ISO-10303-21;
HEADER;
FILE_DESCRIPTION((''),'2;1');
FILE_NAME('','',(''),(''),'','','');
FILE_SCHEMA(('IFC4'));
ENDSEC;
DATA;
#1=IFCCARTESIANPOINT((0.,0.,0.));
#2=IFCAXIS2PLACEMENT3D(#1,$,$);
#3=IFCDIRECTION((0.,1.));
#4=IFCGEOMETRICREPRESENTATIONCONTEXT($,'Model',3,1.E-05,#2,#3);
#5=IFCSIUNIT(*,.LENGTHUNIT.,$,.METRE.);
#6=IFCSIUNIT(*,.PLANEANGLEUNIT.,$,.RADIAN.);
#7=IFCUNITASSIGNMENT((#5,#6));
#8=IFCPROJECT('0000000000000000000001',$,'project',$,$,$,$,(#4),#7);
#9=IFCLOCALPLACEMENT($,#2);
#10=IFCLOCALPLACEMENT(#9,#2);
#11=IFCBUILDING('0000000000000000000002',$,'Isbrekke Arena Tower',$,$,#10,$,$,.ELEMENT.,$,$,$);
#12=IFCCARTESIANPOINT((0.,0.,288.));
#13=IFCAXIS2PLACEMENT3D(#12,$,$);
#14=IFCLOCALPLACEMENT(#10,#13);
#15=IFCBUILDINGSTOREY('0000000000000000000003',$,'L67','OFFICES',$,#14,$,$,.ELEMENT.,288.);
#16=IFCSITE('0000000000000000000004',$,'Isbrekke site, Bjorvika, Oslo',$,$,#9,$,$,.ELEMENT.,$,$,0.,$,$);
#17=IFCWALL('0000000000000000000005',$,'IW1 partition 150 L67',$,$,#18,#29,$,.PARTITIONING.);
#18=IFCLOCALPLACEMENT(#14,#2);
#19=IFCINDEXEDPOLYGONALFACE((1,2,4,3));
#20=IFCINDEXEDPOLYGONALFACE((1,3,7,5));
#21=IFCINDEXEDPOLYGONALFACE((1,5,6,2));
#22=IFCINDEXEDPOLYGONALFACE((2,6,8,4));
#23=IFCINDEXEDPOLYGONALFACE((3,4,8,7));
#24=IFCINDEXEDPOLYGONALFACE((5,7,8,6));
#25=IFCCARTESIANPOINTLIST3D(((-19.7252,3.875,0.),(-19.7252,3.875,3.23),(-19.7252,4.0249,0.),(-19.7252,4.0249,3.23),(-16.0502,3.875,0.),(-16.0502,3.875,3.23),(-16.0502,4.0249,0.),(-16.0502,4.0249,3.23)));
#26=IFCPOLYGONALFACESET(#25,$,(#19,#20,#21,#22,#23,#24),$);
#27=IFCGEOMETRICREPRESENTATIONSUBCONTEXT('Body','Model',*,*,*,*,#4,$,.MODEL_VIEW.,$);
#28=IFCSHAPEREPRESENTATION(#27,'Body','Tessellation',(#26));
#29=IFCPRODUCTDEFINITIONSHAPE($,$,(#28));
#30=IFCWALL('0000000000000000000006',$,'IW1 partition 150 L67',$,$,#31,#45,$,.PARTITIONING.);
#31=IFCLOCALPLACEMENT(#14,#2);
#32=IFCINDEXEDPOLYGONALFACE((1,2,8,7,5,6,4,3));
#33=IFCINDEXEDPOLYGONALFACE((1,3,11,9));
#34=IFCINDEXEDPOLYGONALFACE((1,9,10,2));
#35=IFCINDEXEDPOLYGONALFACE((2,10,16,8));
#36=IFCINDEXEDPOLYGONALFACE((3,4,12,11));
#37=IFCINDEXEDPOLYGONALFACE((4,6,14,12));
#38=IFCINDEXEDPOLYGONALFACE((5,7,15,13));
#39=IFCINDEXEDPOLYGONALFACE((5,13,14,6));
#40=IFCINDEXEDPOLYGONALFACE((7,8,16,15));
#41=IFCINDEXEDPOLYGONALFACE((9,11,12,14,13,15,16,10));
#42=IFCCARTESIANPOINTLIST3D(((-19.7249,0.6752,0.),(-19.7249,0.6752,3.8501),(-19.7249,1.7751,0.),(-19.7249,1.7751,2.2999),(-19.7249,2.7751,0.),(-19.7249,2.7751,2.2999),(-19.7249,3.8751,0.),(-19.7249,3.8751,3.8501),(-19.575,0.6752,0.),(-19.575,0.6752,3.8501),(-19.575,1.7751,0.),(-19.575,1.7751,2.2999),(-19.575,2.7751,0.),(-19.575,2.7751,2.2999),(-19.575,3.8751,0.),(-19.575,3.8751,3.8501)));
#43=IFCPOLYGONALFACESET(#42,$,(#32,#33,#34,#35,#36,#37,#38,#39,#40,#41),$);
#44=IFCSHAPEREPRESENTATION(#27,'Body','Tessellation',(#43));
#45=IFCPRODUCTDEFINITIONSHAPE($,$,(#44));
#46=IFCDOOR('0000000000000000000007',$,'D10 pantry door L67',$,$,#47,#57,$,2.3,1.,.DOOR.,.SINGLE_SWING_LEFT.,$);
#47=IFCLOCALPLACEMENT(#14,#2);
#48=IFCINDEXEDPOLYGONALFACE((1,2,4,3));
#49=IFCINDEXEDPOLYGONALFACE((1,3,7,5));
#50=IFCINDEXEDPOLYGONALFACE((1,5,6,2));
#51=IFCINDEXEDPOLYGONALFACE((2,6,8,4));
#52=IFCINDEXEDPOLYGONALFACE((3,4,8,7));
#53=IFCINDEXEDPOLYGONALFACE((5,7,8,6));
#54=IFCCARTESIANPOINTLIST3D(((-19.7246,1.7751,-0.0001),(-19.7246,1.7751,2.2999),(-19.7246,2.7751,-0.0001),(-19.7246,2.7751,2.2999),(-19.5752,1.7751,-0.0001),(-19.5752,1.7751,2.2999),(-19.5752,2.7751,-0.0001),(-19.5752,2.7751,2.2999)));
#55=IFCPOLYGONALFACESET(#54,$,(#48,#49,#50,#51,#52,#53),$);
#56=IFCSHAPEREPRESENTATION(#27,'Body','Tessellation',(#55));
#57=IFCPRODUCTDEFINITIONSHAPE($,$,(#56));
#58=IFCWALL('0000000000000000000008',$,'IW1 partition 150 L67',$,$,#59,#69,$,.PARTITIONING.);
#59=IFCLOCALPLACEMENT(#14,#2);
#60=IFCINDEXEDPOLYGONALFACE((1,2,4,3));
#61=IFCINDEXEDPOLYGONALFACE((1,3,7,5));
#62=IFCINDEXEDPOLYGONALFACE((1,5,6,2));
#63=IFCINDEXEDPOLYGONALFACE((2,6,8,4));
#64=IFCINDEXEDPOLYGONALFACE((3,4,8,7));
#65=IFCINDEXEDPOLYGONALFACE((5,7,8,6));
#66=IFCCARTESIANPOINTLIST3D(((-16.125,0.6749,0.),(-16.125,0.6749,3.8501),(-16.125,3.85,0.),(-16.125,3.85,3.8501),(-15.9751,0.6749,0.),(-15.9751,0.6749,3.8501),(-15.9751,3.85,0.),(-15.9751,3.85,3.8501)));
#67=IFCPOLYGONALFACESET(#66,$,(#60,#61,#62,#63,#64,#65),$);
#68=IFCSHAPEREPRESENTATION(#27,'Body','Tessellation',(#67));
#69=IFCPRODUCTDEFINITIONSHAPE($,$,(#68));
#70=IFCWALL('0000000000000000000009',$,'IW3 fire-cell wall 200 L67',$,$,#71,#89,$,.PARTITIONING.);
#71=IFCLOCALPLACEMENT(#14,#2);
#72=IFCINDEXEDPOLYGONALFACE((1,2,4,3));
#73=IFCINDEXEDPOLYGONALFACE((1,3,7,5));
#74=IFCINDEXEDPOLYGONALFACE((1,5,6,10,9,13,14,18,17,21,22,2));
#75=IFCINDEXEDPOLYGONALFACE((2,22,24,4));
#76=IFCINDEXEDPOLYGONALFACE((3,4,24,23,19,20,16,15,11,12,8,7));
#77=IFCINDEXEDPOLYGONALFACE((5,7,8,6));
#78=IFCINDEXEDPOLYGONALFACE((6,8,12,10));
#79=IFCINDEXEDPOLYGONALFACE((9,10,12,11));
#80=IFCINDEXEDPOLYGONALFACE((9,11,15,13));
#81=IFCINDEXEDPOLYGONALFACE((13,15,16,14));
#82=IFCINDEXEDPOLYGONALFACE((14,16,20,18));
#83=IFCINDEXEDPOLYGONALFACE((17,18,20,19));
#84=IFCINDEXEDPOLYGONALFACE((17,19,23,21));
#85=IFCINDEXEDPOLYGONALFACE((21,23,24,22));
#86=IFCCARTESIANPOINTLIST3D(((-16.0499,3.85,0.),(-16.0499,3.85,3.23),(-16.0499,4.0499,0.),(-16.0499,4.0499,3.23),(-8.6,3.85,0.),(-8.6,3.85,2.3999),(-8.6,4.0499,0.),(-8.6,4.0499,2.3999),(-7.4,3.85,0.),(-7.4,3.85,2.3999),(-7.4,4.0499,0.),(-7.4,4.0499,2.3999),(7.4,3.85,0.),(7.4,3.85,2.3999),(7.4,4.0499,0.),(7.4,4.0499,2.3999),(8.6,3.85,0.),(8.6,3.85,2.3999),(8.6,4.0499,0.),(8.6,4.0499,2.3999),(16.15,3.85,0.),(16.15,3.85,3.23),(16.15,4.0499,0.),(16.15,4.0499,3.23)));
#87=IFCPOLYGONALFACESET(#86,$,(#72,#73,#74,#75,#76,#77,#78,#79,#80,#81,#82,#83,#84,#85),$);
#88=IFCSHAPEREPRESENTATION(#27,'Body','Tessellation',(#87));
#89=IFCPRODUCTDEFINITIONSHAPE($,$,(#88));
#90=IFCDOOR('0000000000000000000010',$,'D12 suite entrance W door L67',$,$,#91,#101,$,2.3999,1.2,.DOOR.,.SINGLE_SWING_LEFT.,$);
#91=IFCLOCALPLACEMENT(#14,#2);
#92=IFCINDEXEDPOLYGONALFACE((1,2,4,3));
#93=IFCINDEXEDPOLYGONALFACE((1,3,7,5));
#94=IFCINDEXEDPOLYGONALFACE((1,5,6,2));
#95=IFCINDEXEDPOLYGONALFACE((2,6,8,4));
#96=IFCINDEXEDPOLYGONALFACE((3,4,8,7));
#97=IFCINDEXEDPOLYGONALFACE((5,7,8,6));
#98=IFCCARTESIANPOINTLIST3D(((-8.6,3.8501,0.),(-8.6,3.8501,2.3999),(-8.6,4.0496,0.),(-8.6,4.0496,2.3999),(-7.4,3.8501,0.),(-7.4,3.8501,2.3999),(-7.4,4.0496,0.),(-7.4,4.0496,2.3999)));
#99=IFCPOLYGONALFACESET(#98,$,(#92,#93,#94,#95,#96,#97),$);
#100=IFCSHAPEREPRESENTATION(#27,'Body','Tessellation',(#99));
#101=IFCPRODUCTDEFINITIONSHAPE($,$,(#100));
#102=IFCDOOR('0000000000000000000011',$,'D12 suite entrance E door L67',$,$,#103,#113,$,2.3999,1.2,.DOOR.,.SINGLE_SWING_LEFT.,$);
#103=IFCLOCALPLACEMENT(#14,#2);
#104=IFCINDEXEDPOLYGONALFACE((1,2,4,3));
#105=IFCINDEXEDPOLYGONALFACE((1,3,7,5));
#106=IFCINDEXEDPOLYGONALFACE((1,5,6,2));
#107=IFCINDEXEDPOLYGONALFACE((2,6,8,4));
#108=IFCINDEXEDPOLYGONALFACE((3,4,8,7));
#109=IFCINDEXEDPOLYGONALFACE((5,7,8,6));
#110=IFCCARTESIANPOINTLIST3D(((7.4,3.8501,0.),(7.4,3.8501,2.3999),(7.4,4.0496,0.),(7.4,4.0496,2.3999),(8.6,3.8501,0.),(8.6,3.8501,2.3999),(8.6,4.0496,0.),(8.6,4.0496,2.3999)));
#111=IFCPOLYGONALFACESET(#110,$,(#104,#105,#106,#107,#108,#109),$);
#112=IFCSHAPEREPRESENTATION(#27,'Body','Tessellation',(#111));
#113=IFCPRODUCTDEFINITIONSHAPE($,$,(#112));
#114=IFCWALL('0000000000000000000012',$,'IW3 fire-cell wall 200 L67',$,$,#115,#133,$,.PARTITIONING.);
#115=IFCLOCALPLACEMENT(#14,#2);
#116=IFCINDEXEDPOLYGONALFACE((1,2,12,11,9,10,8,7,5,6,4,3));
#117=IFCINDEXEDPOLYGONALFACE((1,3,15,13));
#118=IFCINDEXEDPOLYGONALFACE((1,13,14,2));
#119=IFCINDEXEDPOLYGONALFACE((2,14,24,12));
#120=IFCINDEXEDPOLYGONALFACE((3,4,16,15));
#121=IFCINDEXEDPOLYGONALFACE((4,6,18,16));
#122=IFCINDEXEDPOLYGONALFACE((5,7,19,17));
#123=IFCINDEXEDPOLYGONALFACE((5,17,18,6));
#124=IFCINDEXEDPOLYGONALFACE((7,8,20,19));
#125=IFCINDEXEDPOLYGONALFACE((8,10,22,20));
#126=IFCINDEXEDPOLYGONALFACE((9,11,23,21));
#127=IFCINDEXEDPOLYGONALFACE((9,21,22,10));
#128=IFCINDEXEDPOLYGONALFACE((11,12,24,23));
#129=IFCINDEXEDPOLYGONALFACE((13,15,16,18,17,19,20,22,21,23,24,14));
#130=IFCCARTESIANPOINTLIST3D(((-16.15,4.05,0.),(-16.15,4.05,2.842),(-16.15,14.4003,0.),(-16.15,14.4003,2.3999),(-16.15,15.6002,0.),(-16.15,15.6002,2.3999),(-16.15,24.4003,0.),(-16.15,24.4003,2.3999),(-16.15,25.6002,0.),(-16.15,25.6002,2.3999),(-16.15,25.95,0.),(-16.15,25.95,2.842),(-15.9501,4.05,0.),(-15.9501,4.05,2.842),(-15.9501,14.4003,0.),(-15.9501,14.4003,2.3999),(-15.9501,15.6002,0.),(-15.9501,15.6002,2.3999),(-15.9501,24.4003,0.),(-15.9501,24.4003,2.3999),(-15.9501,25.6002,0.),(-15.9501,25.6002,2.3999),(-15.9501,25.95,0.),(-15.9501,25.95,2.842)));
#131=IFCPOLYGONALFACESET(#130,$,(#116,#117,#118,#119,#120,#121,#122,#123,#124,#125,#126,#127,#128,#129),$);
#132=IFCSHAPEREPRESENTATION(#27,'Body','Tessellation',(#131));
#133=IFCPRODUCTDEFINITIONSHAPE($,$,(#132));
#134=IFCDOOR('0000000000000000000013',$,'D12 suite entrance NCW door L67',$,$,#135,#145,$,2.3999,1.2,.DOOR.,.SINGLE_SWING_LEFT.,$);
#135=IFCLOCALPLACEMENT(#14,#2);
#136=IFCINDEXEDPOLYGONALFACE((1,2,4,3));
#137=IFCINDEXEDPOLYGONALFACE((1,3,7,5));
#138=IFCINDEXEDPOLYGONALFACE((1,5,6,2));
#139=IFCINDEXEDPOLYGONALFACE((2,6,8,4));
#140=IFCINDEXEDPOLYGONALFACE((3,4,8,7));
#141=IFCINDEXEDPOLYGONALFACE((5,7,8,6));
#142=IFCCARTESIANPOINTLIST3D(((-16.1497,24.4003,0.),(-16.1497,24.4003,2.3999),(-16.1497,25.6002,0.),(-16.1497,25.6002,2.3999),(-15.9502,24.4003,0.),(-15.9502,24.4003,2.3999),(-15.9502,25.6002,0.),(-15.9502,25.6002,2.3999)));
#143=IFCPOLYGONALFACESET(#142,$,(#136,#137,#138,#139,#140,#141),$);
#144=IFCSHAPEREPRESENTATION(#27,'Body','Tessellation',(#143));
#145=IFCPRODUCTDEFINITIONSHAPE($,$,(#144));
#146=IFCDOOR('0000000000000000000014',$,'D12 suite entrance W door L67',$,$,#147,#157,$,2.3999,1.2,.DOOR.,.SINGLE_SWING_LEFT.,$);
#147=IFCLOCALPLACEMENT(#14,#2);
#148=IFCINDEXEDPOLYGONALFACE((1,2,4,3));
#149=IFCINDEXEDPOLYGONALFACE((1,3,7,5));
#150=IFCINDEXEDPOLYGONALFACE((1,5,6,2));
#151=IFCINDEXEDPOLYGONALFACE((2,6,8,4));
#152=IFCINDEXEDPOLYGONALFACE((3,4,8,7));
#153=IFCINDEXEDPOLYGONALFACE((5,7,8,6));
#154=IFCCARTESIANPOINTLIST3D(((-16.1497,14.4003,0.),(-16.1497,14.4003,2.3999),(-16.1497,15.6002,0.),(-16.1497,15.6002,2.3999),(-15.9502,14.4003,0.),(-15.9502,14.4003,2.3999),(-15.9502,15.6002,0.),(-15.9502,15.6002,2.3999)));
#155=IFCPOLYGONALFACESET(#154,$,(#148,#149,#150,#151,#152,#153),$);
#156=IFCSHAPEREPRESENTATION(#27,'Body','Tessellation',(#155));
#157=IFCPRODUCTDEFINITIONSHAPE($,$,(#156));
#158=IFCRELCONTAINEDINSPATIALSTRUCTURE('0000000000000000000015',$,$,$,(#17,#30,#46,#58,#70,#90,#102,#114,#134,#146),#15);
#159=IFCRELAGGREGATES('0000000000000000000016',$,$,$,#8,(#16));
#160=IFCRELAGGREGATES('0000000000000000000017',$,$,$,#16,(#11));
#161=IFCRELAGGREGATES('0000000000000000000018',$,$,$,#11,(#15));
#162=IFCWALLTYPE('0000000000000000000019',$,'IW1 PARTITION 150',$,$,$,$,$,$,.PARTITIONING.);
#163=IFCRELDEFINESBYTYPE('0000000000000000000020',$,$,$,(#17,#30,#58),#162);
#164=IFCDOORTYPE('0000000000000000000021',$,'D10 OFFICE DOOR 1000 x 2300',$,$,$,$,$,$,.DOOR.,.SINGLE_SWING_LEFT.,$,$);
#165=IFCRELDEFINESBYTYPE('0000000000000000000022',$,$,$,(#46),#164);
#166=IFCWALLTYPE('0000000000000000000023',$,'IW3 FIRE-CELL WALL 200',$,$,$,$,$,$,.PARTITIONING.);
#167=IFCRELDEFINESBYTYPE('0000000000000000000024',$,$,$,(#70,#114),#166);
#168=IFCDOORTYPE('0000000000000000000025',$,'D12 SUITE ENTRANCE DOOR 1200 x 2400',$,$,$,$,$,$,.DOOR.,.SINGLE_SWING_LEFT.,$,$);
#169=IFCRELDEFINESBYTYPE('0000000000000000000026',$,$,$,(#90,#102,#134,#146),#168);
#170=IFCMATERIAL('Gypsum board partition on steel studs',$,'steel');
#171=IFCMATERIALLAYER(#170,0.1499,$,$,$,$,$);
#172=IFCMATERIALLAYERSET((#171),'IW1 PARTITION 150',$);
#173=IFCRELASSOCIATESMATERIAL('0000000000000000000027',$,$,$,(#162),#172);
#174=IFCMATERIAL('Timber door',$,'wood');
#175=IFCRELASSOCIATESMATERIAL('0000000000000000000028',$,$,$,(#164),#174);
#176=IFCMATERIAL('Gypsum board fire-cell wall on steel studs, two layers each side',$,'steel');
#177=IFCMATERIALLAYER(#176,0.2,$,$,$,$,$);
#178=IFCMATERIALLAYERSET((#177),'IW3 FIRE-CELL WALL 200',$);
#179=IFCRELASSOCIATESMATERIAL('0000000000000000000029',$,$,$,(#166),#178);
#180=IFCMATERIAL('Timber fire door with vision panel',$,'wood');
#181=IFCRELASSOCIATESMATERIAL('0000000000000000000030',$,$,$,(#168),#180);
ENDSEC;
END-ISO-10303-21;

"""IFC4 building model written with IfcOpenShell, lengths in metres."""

from ifc_helpers import new_model, si_unit, direction, frame, frame_2d, origin, place, context, subcontext, project, spatial, rectangle, extrude, material, layer, layer_set, type_object, element, fill, save


model = new_model("IFC4")

# Units and contexts
model_context = context("Model", 3, precision=1e-05, world=origin(), true_north=direction((0.0, 1.0)))
body_context = subcontext(model_context, "Body", "Model", "MODEL_VIEW")
ifc_project = project(units=[si_unit("LENGTHUNIT", "METRE"), si_unit("PLANEANGLEUNIT", "RADIAN")], contexts=[model_context])

# Site, building, storey
site_placement = place(None, origin())
site = spatial("IfcSite", under=ifc_project, at=site_placement, Name="Isbrekke site, Bjorvika, Oslo", CompositionType="ELEMENT", RefElevation=0.0)
building_placement = place(site_placement, origin())
building = spatial("IfcBuilding", under=site, at=building_placement, Name="Isbrekke Arena Tower", CompositionType="ELEMENT")
storey_placement = place(building_placement, frame((0.0, 0.0, 288.0)))
storey = spatial("IfcBuildingStorey", under=building, at=storey_placement, Name="L67", Description="OFFICES", CompositionType="ELEMENT", Elevation=288.0)

# Wall
ifc_material_1 = material(Name="Gypsum board partition on steel studs", Category="steel")
ifc_layer_1 = layer(ifc_material_1, 0.1499)
ifc_layer_set_1 = layer_set([ifc_layer_1], Name="IW1 PARTITION 150")
wall_type_1 = type_object("IfcWallType", Name="IW1 PARTITION 150", PredefinedType="PARTITIONING", material=ifc_layer_set_1)
wall_1_placement = place(storey_placement, frame((-19.7251, 3.95, 0.0), z_axis=(0.0, 0.0, 1.0), x_axis=(1.0, 0.0, 0.0)))
element("IfcWall", 1, at=wall_1_placement, inside=storey, type_object=wall_type_1, Name="IW1 partition 150 L67", PredefinedType="PARTITIONING", context=body_context, shape_type="SweptSolid", body=[
    extrude(rectangle(XDim=3.675, YDim=0.1499, at=frame_2d((1.8374, 0.0))), origin(), (0.0, 0.0, 1.0), 3.23),
])

# Wall, opening, door
wall_2_placement = place(storey_placement, frame((-19.6499, 0.675, 0.0), z_axis=(0.0, 0.0, 1.0), x_axis=(0.0, 1.0, 0.0)))
wall_2 = element("IfcWall", 2, at=wall_2_placement, inside=storey, type_object=wall_type_1, Name="IW1 partition 150 L67", PredefinedType="PARTITIONING", context=body_context, shape_type="SweptSolid", body=[
    extrude(rectangle(XDim=3.2, YDim=0.1499, at=frame_2d((1.6001, 0.0))), origin(), (0.0, 0.0, 1.0), 3.8501),
])
opening_1_placement = place(wall_2_placement, frame((1.1001, 0.0, 0.0)))
opening_1 = element("IfcOpeningElement", 3, at=opening_1_placement, cuts=wall_2, PredefinedType="OPENING", context=body_context, shape_type="SweptSolid", body=[
    extrude(rectangle(XDim=1.0, YDim=2.3, at=frame_2d((0.5, 1.1499))), frame((0.0, 0.0898, 0.0), z_axis=(0.0, -1.0, 0.0), x_axis=(1.0, 0.0, 0.0)), (0.0, 0.0, 1.0), 0.1797),
])
ifc_material_2 = material(Name="Timber door", Category="wood")
door_type_1 = type_object("IfcDoorType", Name="D10 OFFICE DOOR 1000 x 2300", OperationType="SINGLE_SWING_LEFT", PredefinedType="DOOR", material=ifc_material_2)
door_1_placement = place(opening_1_placement, origin())
door_1 = element("IfcDoor", 4, at=door_1_placement, inside=storey, type_object=door_type_1, Name="D10 pantry door L67", OperationType="SINGLE_SWING_LEFT", OverallHeight=2.3, OverallWidth=1.0, PredefinedType="DOOR", context=body_context, shape_type="SweptSolid", body=[
    extrude(rectangle(XDim=1.0, YDim=2.3, at=frame_2d((0.5, 1.1499))), frame((0.0, 0.0747, 0.0), z_axis=(0.0, -1.0, 0.0), x_axis=(1.0, 0.0, 0.0)), (0.0, 0.0, 1.0), 0.1494),
])
fill(opening_1, door_1)

# Wall
wall_3_placement = place(storey_placement, frame((-16.05, 0.675, 0.0), z_axis=(0.0, 0.0, 1.0), x_axis=(0.0, 1.0, 0.0)))
element("IfcWall", 5, at=wall_3_placement, inside=storey, type_object=wall_type_1, Name="IW1 partition 150 L67", PredefinedType="PARTITIONING", context=body_context, shape_type="SweptSolid", body=[
    extrude(rectangle(XDim=3.175, YDim=0.1499, at=frame_2d((1.5874, 0.0))), origin(), (0.0, 0.0, 1.0), 3.8501),
])

# Walls, openings, doors
ifc_material_3 = material(Name="Gypsum board fire-cell wall on steel studs, two layers each side", Category="steel")
ifc_layer_2 = layer(ifc_material_3, 0.2)
ifc_layer_set_2 = layer_set([ifc_layer_2], Name="IW3 FIRE-CELL WALL 200")
wall_type_2 = type_object("IfcWallType", Name="IW3 FIRE-CELL WALL 200", PredefinedType="PARTITIONING", material=ifc_layer_set_2)
wall_4_placement = place(storey_placement, frame((-16.05, 3.95, 0.0), z_axis=(0.0, 0.0, 1.0), x_axis=(1.0, 0.0, 0.0)))
wall_4 = element("IfcWall", 6, at=wall_4_placement, inside=storey, type_object=wall_type_2, Name="IW3 fire-cell wall 200 L67", PredefinedType="PARTITIONING", context=body_context, shape_type="SweptSolid", body=[
    extrude(rectangle(XDim=32.2, YDim=0.2, at=frame_2d((16.1001, 0.0))), origin(), (0.0, 0.0, 1.0), 3.23),
])
opening_2_placement = place(wall_4_placement, frame((7.45, 0.0, 0.0)))
opening_2 = element("IfcOpeningElement", 7, at=opening_2_placement, cuts=wall_4, PredefinedType="OPENING", context=body_context, shape_type="SweptSolid", body=[
    extrude(rectangle(XDim=1.2, YDim=2.3999, at=frame_2d((0.6001, 1.2))), frame((0.0, 0.1147, 0.0), z_axis=(0.0, -1.0, 0.0), x_axis=(1.0, 0.0, 0.0)), (0.0, 0.0, 1.0), 0.2297),
])
opening_3_placement = place(wall_4_placement, frame((23.45, 0.0, 0.0)))
opening_3 = element("IfcOpeningElement", 8, at=opening_3_placement, cuts=wall_4, PredefinedType="OPENING", context=body_context, shape_type="SweptSolid", body=[
    extrude(rectangle(XDim=1.2, YDim=2.3999, at=frame_2d((0.6001, 1.2))), frame((0.0, 0.1147, 0.0), z_axis=(0.0, -1.0, 0.0), x_axis=(1.0, 0.0, 0.0)), (0.0, 0.0, 1.0), 0.2297),
])
ifc_material_4 = material(Name="Timber fire door with vision panel", Category="wood")
door_type_2 = type_object("IfcDoorType", Name="D12 SUITE ENTRANCE DOOR 1200 x 2400", OperationType="SINGLE_SWING_LEFT", PredefinedType="DOOR", material=ifc_material_4)
door_2_placement = place(opening_2_placement, origin())
door_2 = element("IfcDoor", 9, at=door_2_placement, inside=storey, type_object=door_type_2, Name="D12 suite entrance W door L67", OperationType="SINGLE_SWING_LEFT", OverallHeight=2.3999, OverallWidth=1.2, PredefinedType="DOOR", context=body_context, shape_type="SweptSolid", body=[
    extrude(rectangle(XDim=1.2, YDim=2.3999, at=frame_2d((0.6001, 1.2))), frame((0.0, 0.0996, 0.0), z_axis=(0.0, -1.0, 0.0), x_axis=(1.0, 0.0, 0.0)), (0.0, 0.0, 1.0), 0.1995),
])
fill(opening_2, door_2)
door_3_placement = place(opening_3_placement, origin())
door_3 = element("IfcDoor", 10, at=door_3_placement, inside=storey, type_object=door_type_2, Name="D12 suite entrance E door L67", OperationType="SINGLE_SWING_LEFT", OverallHeight=2.3999, OverallWidth=1.2, PredefinedType="DOOR", context=body_context, shape_type="SweptSolid", body=[
    extrude(rectangle(XDim=1.2, YDim=2.3999, at=frame_2d((0.6001, 1.2))), frame((0.0, 0.0996, 0.0), z_axis=(0.0, -1.0, 0.0), x_axis=(1.0, 0.0, 0.0)), (0.0, 0.0, 1.0), 0.1995),
])
fill(opening_3, door_3)
wall_5_placement = place(storey_placement, frame((-16.05, 4.05, 0.0), z_axis=(0.0, 0.0, 1.0), x_axis=(0.0, 1.0, 0.0)))
wall_5 = element("IfcWall", 11, at=wall_5_placement, inside=storey, type_object=wall_type_2, Name="IW3 fire-cell wall 200 L67", PredefinedType="PARTITIONING", context=body_context, shape_type="SweptSolid", body=[
    extrude(rectangle(XDim=21.8999, YDim=0.2, at=frame_2d((10.95, 0.0))), origin(), (0.0, 0.0, 1.0), 2.842),
])
opening_4_placement = place(wall_5_placement, frame((20.3501, 0.0, 0.0)))
opening_4 = element("IfcOpeningElement", 12, at=opening_4_placement, cuts=wall_5, PredefinedType="OPENING", context=body_context, shape_type="SweptSolid", body=[
    extrude(rectangle(XDim=1.2, YDim=2.3999, at=frame_2d((0.6001, 1.2))), frame((0.0, 0.1147, 0.0), z_axis=(0.0, -1.0, 0.0), x_axis=(1.0, 0.0, 0.0)), (0.0, 0.0, 1.0), 0.2297),
])
opening_5_placement = place(wall_5_placement, frame((10.3501, 0.0, 0.0)))
opening_5 = element("IfcOpeningElement", 13, at=opening_5_placement, cuts=wall_5, PredefinedType="OPENING", context=body_context, shape_type="SweptSolid", body=[
    extrude(rectangle(XDim=1.2, YDim=2.3999, at=frame_2d((0.6001, 1.2))), frame((0.0, 0.1147, 0.0), z_axis=(0.0, -1.0, 0.0), x_axis=(1.0, 0.0, 0.0)), (0.0, 0.0, 1.0), 0.2297),
])
door_4_placement = place(opening_4_placement, origin())
door_4 = element("IfcDoor", 14, at=door_4_placement, inside=storey, type_object=door_type_2, Name="D12 suite entrance NCW door L67", OperationType="SINGLE_SWING_LEFT", OverallHeight=2.3999, OverallWidth=1.2, PredefinedType="DOOR", context=body_context, shape_type="SweptSolid", body=[
    extrude(rectangle(XDim=1.2, YDim=2.3999, at=frame_2d((0.6001, 1.2))), frame((0.0, 0.0996, 0.0), z_axis=(0.0, -1.0, 0.0), x_axis=(1.0, 0.0, 0.0)), (0.0, 0.0, 1.0), 0.1995),
])
fill(opening_4, door_4)
door_5_placement = place(opening_5_placement, origin())
door_5 = element("IfcDoor", 15, at=door_5_placement, inside=storey, type_object=door_type_2, Name="D12 suite entrance W door L67", OperationType="SINGLE_SWING_LEFT", OverallHeight=2.3999, OverallWidth=1.2, PredefinedType="DOOR", context=body_context, shape_type="SweptSolid", body=[
    extrude(rectangle(XDim=1.2, YDim=2.3999, at=frame_2d((0.6001, 1.2))), frame((0.0, 0.0996, 0.0), z_axis=(0.0, -1.0, 0.0), x_axis=(1.0, 0.0, 0.0)), (0.0, 0.0, 1.0), 0.1995),
])
fill(opening_5, door_5)

save(model, "model.ifc")
